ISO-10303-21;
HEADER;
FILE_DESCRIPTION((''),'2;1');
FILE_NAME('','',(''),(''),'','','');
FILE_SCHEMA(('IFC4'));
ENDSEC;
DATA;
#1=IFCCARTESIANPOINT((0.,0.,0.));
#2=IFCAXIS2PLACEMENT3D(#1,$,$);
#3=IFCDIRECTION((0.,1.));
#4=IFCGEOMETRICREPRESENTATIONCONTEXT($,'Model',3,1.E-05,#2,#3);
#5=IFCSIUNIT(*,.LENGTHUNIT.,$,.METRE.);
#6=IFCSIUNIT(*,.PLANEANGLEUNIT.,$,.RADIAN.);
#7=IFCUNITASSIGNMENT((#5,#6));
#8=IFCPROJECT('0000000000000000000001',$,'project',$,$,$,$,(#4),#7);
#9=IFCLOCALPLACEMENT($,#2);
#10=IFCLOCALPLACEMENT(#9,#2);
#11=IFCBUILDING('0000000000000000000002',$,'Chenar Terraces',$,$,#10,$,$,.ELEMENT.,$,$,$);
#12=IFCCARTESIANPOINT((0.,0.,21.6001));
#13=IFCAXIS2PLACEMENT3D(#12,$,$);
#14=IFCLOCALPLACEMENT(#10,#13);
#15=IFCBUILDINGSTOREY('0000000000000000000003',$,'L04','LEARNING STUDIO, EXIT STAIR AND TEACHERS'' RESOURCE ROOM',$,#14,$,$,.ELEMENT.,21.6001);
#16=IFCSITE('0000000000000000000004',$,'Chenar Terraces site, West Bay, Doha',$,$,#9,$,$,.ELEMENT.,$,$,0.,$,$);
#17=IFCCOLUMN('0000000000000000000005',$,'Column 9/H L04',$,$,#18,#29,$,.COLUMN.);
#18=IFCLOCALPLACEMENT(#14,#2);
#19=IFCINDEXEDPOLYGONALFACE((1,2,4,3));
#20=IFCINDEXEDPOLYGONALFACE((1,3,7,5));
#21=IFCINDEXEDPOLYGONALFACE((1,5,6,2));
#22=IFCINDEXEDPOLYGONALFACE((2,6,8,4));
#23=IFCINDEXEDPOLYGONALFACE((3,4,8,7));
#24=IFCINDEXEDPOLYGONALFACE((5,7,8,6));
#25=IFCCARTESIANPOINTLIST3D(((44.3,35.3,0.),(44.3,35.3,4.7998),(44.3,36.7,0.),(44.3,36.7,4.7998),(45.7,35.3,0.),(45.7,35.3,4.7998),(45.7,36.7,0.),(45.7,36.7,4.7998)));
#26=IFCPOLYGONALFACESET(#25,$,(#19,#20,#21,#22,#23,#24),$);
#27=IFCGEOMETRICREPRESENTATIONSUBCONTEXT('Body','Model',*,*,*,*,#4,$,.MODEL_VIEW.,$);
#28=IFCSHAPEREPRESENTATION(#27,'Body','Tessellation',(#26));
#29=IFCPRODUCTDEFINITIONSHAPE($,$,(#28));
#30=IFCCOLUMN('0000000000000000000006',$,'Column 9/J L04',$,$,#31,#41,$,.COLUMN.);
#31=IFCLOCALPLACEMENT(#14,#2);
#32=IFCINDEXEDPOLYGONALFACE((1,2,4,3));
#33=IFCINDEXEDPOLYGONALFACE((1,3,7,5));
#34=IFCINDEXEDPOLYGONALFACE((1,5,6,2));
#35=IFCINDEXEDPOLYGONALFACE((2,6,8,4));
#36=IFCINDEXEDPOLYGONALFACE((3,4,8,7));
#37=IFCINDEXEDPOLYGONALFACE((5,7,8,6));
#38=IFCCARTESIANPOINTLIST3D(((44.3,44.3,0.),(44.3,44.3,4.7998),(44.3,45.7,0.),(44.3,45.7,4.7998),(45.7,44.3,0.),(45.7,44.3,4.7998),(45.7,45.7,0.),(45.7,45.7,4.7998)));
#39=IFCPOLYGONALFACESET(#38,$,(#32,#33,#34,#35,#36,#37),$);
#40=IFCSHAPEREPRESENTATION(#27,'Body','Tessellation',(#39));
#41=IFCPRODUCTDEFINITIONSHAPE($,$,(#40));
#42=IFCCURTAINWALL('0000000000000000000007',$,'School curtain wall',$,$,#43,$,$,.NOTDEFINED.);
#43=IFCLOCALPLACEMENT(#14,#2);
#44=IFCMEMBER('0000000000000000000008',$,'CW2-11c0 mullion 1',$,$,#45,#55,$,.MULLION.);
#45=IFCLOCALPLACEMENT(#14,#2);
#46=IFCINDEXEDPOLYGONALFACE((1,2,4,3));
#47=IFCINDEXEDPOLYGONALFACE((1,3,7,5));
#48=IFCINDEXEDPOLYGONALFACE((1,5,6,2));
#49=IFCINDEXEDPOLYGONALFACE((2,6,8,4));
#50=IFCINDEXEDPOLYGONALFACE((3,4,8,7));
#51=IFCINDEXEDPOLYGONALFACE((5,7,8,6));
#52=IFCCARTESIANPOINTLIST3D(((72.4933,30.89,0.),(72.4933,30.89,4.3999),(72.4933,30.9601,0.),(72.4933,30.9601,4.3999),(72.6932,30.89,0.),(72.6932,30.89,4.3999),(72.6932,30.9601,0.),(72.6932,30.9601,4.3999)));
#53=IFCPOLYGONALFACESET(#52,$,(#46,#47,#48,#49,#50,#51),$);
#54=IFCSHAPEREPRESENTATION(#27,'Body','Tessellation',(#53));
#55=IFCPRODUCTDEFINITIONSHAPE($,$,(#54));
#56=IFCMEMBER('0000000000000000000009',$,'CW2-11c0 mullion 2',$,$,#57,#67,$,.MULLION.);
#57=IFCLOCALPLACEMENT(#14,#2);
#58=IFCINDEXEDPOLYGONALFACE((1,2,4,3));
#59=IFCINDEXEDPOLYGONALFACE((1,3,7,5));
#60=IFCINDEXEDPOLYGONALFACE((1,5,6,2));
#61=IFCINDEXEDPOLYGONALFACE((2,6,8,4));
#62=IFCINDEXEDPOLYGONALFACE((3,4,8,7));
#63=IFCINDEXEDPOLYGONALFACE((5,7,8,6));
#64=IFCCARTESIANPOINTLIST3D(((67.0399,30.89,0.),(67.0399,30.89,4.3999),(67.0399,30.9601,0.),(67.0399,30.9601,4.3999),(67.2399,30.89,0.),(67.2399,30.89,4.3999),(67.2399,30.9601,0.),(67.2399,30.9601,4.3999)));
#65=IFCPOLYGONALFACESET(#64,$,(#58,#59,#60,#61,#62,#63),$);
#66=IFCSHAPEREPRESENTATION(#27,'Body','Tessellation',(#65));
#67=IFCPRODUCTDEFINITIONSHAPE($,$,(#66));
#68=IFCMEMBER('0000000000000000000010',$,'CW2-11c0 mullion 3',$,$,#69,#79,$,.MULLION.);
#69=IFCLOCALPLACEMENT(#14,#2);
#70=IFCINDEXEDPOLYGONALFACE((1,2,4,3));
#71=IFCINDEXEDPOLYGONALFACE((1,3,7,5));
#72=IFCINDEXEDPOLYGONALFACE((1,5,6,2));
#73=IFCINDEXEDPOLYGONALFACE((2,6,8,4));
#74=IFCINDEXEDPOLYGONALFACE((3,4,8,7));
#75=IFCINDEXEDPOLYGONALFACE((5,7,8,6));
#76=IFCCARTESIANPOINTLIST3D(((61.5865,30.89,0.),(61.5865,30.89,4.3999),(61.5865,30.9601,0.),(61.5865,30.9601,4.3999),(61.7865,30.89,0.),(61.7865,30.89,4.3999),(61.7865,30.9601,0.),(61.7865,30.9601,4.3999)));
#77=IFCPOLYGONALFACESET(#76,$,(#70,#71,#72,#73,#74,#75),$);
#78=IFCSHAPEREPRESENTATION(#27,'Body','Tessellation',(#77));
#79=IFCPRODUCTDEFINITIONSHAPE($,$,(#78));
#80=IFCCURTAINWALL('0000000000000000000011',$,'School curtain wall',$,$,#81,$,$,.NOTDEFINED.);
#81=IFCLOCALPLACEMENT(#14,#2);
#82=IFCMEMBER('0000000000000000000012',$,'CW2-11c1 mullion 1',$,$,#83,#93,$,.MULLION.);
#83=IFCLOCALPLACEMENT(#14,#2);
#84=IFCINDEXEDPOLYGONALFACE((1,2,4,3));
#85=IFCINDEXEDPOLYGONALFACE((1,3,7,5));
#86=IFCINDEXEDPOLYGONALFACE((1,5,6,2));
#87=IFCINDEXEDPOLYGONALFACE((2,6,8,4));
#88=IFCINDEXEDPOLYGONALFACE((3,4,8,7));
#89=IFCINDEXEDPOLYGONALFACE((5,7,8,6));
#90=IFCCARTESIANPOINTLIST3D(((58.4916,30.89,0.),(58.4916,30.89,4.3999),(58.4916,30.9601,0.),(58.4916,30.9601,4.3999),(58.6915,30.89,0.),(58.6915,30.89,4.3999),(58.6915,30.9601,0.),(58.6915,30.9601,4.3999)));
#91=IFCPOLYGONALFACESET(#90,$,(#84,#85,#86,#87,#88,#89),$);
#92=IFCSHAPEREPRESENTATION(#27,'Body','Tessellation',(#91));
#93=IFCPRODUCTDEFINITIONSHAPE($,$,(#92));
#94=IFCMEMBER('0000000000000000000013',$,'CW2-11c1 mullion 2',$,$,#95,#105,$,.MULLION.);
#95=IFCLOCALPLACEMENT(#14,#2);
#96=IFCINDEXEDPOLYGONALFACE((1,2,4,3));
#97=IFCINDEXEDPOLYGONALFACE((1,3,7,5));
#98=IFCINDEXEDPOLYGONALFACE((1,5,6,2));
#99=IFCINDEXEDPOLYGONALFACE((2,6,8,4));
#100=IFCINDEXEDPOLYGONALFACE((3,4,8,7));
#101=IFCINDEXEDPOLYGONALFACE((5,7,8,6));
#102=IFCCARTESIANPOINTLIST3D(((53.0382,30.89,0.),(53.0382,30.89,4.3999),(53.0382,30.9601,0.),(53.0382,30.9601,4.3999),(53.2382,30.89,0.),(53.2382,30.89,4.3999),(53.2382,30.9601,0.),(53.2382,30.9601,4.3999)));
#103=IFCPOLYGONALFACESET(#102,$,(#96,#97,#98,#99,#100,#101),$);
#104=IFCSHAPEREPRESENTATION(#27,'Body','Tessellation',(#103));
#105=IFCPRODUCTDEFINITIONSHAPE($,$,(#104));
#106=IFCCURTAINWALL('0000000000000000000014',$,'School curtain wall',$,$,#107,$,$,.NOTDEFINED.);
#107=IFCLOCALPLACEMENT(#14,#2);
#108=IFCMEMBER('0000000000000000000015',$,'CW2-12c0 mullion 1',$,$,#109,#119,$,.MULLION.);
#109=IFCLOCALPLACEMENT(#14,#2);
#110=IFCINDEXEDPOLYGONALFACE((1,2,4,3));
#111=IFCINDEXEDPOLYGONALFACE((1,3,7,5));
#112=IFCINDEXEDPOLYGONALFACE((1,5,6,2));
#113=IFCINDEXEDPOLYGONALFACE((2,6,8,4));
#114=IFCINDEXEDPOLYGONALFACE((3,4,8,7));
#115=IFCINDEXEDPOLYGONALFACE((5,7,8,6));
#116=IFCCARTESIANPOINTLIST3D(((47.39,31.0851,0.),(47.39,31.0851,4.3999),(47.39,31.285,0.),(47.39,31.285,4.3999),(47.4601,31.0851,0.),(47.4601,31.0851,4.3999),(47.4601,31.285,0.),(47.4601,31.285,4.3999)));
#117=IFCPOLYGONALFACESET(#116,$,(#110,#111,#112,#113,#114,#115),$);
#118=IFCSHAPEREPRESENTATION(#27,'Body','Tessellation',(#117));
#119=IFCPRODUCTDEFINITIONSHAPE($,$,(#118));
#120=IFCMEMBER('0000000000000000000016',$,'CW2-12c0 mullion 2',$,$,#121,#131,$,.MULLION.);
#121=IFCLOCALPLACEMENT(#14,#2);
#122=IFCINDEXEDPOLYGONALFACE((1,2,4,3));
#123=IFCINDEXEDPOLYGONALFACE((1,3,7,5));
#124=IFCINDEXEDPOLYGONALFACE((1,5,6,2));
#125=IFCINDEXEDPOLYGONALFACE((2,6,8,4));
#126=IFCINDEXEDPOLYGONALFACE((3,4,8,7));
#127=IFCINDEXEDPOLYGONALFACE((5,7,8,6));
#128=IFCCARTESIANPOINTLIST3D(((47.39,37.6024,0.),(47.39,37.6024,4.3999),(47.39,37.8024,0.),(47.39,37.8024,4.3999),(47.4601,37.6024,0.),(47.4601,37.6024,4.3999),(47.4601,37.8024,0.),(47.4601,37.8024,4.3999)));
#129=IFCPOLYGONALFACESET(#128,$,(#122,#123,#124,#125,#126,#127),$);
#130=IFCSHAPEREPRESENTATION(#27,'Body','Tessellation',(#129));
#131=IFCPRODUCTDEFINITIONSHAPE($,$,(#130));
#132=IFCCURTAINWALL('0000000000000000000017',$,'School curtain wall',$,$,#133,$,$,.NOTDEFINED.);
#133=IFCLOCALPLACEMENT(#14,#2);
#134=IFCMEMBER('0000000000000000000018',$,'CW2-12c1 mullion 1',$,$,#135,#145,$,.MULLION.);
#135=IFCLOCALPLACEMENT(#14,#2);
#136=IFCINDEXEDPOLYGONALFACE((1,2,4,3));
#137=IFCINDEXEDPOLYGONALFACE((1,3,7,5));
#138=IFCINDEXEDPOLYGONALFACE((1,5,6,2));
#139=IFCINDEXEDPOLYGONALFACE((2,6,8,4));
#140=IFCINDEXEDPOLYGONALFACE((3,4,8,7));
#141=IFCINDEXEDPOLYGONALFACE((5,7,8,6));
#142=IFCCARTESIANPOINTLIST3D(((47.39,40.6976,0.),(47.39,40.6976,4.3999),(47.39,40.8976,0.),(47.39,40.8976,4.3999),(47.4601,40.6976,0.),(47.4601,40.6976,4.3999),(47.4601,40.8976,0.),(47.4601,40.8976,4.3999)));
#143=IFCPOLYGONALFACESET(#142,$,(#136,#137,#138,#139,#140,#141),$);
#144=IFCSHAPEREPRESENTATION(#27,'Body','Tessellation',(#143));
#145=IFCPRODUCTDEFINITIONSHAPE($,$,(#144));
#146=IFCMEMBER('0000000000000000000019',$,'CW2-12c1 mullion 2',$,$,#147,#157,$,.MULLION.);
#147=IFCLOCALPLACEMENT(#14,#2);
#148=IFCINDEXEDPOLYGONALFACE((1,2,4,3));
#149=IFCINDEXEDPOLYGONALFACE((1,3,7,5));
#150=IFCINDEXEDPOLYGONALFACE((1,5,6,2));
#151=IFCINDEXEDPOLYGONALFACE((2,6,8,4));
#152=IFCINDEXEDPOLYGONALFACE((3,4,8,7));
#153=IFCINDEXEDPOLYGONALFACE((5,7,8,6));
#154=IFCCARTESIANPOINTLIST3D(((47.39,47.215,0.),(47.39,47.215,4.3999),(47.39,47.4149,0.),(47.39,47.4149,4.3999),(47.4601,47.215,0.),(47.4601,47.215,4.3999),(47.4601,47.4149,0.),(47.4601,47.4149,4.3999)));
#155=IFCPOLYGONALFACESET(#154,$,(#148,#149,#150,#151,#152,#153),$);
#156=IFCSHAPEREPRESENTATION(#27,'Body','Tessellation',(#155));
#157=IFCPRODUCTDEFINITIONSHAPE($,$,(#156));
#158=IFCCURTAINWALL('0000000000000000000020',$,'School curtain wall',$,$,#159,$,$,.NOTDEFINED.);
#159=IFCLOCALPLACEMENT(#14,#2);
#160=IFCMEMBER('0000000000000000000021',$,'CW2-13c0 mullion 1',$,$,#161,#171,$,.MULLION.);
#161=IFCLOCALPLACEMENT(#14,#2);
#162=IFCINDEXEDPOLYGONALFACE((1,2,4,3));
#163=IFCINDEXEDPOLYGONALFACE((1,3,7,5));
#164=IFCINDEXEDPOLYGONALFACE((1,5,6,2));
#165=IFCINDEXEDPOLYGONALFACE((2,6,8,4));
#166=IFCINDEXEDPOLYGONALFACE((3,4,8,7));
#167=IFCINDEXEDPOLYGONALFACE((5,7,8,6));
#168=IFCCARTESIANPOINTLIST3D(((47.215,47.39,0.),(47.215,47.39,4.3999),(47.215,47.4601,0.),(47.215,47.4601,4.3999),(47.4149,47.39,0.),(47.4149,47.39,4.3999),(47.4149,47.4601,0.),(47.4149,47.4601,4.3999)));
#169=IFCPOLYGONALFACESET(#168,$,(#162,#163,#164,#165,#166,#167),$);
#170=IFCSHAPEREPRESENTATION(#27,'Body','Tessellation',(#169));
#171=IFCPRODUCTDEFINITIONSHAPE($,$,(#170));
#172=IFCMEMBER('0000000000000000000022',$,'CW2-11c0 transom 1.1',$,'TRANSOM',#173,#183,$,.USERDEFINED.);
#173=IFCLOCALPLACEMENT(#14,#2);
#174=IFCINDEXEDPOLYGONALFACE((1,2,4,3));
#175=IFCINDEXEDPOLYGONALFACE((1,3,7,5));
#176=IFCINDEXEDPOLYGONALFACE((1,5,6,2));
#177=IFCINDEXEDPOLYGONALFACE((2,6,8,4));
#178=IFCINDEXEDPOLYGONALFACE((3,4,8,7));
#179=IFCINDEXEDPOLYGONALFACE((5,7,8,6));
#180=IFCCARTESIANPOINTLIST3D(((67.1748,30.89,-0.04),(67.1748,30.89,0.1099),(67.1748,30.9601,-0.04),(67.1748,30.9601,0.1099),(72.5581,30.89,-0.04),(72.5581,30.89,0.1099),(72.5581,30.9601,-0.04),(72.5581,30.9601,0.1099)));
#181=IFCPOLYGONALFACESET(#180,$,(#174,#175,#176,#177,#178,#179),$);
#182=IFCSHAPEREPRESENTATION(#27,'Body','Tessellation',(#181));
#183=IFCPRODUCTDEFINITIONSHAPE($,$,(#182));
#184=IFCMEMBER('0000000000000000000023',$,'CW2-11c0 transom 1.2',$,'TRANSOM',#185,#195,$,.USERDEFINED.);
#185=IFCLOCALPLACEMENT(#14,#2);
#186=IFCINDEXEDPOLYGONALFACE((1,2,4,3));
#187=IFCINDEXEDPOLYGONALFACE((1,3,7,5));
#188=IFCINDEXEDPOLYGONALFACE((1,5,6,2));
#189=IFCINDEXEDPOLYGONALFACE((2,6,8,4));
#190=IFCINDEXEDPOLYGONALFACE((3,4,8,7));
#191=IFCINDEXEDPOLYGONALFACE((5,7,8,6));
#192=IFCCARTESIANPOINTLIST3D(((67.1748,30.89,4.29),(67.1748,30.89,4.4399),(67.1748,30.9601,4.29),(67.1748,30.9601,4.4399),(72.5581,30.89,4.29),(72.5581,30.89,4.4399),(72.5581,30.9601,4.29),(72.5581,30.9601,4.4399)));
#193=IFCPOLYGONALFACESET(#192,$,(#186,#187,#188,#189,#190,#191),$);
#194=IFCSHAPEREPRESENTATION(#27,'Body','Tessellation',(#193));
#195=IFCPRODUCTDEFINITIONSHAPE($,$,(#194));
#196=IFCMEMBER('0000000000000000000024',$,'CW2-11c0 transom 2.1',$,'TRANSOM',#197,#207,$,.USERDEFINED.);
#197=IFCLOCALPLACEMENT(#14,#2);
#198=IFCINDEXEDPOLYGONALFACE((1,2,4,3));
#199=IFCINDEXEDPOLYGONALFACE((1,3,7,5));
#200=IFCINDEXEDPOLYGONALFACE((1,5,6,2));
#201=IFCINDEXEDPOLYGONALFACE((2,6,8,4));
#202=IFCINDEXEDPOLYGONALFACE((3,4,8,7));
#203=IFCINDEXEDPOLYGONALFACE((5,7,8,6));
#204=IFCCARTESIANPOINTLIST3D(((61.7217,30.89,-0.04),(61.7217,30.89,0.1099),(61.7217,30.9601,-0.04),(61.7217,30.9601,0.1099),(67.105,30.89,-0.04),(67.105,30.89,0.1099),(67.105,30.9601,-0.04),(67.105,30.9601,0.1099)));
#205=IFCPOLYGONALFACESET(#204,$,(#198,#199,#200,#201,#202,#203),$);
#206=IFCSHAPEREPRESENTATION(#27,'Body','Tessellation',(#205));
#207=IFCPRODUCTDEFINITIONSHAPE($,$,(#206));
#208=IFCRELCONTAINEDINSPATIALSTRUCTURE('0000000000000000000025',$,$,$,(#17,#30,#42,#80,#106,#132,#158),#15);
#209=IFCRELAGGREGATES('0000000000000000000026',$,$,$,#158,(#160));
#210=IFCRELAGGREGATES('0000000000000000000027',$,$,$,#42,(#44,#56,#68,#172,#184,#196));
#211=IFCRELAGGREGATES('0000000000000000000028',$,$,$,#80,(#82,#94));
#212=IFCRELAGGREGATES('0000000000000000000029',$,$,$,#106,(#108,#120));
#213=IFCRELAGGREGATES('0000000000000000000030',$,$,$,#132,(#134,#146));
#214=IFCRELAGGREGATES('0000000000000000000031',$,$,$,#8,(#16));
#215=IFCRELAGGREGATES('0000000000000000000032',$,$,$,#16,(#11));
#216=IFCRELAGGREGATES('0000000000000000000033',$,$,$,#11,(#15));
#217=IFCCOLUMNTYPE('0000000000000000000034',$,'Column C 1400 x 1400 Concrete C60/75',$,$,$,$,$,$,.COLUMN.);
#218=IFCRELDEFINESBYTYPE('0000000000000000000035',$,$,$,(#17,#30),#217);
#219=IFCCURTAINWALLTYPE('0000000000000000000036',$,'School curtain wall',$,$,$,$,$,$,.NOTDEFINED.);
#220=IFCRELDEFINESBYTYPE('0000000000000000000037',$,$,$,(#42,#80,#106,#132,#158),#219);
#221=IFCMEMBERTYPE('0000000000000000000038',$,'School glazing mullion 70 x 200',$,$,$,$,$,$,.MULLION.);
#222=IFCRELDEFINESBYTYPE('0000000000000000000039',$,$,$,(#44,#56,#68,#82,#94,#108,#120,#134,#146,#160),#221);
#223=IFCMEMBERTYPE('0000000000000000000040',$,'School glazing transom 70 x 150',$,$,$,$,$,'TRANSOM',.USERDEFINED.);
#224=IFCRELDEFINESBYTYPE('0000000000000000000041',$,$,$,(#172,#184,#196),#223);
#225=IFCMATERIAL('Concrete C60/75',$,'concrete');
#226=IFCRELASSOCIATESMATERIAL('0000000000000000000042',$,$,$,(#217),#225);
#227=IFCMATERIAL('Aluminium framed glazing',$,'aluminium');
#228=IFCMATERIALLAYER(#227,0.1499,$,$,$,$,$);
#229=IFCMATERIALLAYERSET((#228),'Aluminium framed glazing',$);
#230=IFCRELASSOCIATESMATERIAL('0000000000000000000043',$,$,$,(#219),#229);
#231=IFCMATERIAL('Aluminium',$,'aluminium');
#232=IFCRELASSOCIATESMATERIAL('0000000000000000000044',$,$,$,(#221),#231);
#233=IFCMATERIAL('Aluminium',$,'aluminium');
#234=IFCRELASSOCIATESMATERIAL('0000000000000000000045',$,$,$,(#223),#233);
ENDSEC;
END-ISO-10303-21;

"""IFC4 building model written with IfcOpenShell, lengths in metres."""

from ifc_helpers import new_model, si_unit, direction, frame, origin, origin_2d, place, context, subcontext, project, spatial, rectangle, extrude, material, layer, layer_set, material_profile, profile_set, type_object, element, aggregate, save


model = new_model("IFC4")

# Units and contexts
model_context = context("Model", 3, precision=1e-05, world=origin(), true_north=direction((0.0, 1.0)))
body_context = subcontext(model_context, "Body", "Model", "MODEL_VIEW")
ifc_project = project(units=[si_unit("LENGTHUNIT", "METRE"), si_unit("PLANEANGLEUNIT", "RADIAN")], contexts=[model_context])

# Site, building, storey
site_placement = place(None, origin())
site = spatial("IfcSite", under=ifc_project, at=site_placement, Name="Chenar Terraces site, West Bay, Doha", CompositionType="ELEMENT", RefElevation=0.0)
building_placement = place(site_placement, origin())
building = spatial("IfcBuilding", under=site, at=building_placement, Name="Chenar Terraces", CompositionType="ELEMENT")
storey_placement = place(building_placement, frame((0.0, 0.0, 21.6001)))
storey = spatial("IfcBuildingStorey", under=building, at=storey_placement, Name="L04", Description="LEARNING STUDIO, EXIT STAIR AND TEACHERS' RESOURCE ROOM", CompositionType="ELEMENT", Elevation=21.6001)

# Columns
ifc_material_1 = material(Name="Concrete C60/75", Category="concrete")
ifc_material_profile_1 = material_profile(ifc_material_1, rectangle(XDim=1.3999, YDim=1.3999, at=origin_2d()), Name="C 1400 x 1400")
ifc_profile_set_1 = profile_set([ifc_material_profile_1], Name="Concrete C60/75")
column_type = type_object("IfcColumnType", Name="Column C 1400 x 1400 Concrete C60/75", PredefinedType="COLUMN", material=ifc_profile_set_1)
for number, where, z_axis, x_axis, name in (
    (1, (45.0, 36.0, 0.0), (0.0, 0.0, 1.0), (1.0, 0.0, 0.0), "Column 9/H L04"),
    (2, (45.0, 45.0, 0.0), (0.0, 0.0, 1.0), (1.0, 0.0, 0.0), "Column 9/J L04"),
):
    element("IfcColumn", number, at=place(storey_placement, frame(where, z_axis=z_axis, x_axis=x_axis)), inside=storey, type_object=column_type, Name=name, PredefinedType="COLUMN", context=body_context, shape_type="SweptSolid", body=[
        extrude(rectangle(XDim=1.3999, YDim=1.3999, at=origin_2d()), origin(), (0.0, 0.0, 1.0), 4.7998),
    ])

# Curtain walls, members
ifc_material_2 = material(Name="Aluminium framed glazing", Category="aluminium")
ifc_layer_1 = layer(ifc_material_2, 0.1499)
ifc_layer_set_1 = layer_set([ifc_layer_1], Name="Aluminium framed glazing")
curtain_wall_type = type_object("IfcCurtainWallType", Name="School curtain wall", PredefinedType="NOTDEFINED", material=ifc_layer_set_1)
placement = place(storey_placement, origin())
curtain_wall_1 = element("IfcCurtainWall", 3, at=placement, inside=storey, type_object=curtain_wall_type, Name="School curtain wall", PredefinedType="NOTDEFINED")
ifc_material_3 = material(Name="Aluminium", Category="aluminium")
ifc_material_profile_2 = material_profile(ifc_material_3, rectangle(XDim=0.0701, YDim=0.2, at=origin_2d()), Name="School glazing mullion 70 x 200")
ifc_profile_set_2 = profile_set([ifc_material_profile_2], Name="Aluminium")
member_type_1 = type_object("IfcMemberType", Name="School glazing mullion 70 x 200", PredefinedType="MULLION", material=ifc_profile_set_2)
member_1_placement = place(storey_placement, frame((72.5933, 30.925, 0.0), z_axis=(0.0, 0.0, 1.0), x_axis=(0.0, -1.0, 0.0)))
member_1 = element("IfcMember", 4, at=member_1_placement, type_object=member_type_1, Name="CW2-11c0 mullion 1", PredefinedType="MULLION", context=body_context, shape_type="SweptSolid", body=[
    extrude(rectangle(XDim=0.0701, YDim=0.2, at=origin_2d()), origin(), (0.0, 0.0, 1.0), 4.3999),
])
member_2_placement = place(storey_placement, frame((67.1399, 30.925, 0.0), z_axis=(0.0, 0.0, 1.0), x_axis=(0.0, -1.0, 0.0)))
member_2 = element("IfcMember", 5, at=member_2_placement, type_object=member_type_1, Name="CW2-11c0 mullion 2", PredefinedType="MULLION", context=body_context, shape_type="SweptSolid", body=[
    extrude(rectangle(XDim=0.0701, YDim=0.2, at=origin_2d()), origin(), (0.0, 0.0, 1.0), 4.3999),
])
member_3_placement = place(storey_placement, frame((61.6865, 30.925, 0.0), z_axis=(0.0, 0.0, 1.0), x_axis=(0.0, -1.0, 0.0)))
member_3 = element("IfcMember", 6, at=member_3_placement, type_object=member_type_1, Name="CW2-11c0 mullion 3", PredefinedType="MULLION", context=body_context, shape_type="SweptSolid", body=[
    extrude(rectangle(XDim=0.0701, YDim=0.2, at=origin_2d()), origin(), (0.0, 0.0, 1.0), 4.3999),
])
curtain_wall_2 = element("IfcCurtainWall", 7, at=placement, inside=storey, type_object=curtain_wall_type, Name="School curtain wall", PredefinedType="NOTDEFINED")
member_4_placement = place(storey_placement, frame((58.5916, 30.925, 0.0), z_axis=(0.0, 0.0, 1.0), x_axis=(0.0, -1.0, 0.0)))
member_4 = element("IfcMember", 8, at=member_4_placement, type_object=member_type_1, Name="CW2-11c1 mullion 1", PredefinedType="MULLION", context=body_context, shape_type="SweptSolid", body=[
    extrude(rectangle(XDim=0.0701, YDim=0.2, at=origin_2d()), origin(), (0.0, 0.0, 1.0), 4.3999),
])
member_5_placement = place(storey_placement, frame((53.1382, 30.925, 0.0), z_axis=(0.0, 0.0, 1.0), x_axis=(0.0, -1.0, 0.0)))
member_5 = element("IfcMember", 9, at=member_5_placement, type_object=member_type_1, Name="CW2-11c1 mullion 2", PredefinedType="MULLION", context=body_context, shape_type="SweptSolid", body=[
    extrude(rectangle(XDim=0.0701, YDim=0.2, at=origin_2d()), origin(), (0.0, 0.0, 1.0), 4.3999),
])
curtain_wall_3 = element("IfcCurtainWall", 10, at=placement, inside=storey, type_object=curtain_wall_type, Name="School curtain wall", PredefinedType="NOTDEFINED")
member_6_placement = place(storey_placement, frame((47.425, 31.1851, 0.0), z_axis=(0.0, 0.0, 1.0), x_axis=(-1.0, 0.0, 0.0)))
member_6 = element("IfcMember", 11, at=member_6_placement, type_object=member_type_1, Name="CW2-12c0 mullion 1", PredefinedType="MULLION", context=body_context, shape_type="SweptSolid", body=[
    extrude(rectangle(XDim=0.0701, YDim=0.2, at=origin_2d()), origin(), (0.0, 0.0, 1.0), 4.3999),
])
member_7_placement = place(storey_placement, frame((47.425, 37.7024, 0.0), z_axis=(0.0, 0.0, 1.0), x_axis=(-1.0, 0.0, 0.0)))
member_7 = element("IfcMember", 12, at=member_7_placement, type_object=member_type_1, Name="CW2-12c0 mullion 2", PredefinedType="MULLION", context=body_context, shape_type="SweptSolid", body=[
    extrude(rectangle(XDim=0.0701, YDim=0.2, at=origin_2d()), origin(), (0.0, 0.0, 1.0), 4.3999),
])
curtain_wall_4 = element("IfcCurtainWall", 13, at=placement, inside=storey, type_object=curtain_wall_type, Name="School curtain wall", PredefinedType="NOTDEFINED")
member_8_placement = place(storey_placement, frame((47.425, 40.7976, 0.0), z_axis=(0.0, 0.0, 1.0), x_axis=(-1.0, 0.0, 0.0)))
member_8 = element("IfcMember", 14, at=member_8_placement, type_object=member_type_1, Name="CW2-12c1 mullion 1", PredefinedType="MULLION", context=body_context, shape_type="SweptSolid", body=[
    extrude(rectangle(XDim=0.0701, YDim=0.2, at=origin_2d()), origin(), (0.0, 0.0, 1.0), 4.3999),
])
member_9_placement = place(storey_placement, frame((47.425, 47.3149, 0.0), z_axis=(0.0, 0.0, 1.0), x_axis=(-1.0, 0.0, 0.0)))
member_9 = element("IfcMember", 15, at=member_9_placement, type_object=member_type_1, Name="CW2-12c1 mullion 2", PredefinedType="MULLION", context=body_context, shape_type="SweptSolid", body=[
    extrude(rectangle(XDim=0.0701, YDim=0.2, at=origin_2d()), origin(), (0.0, 0.0, 1.0), 4.3999),
])

# Curtain wall, member
curtain_wall_5 = element("IfcCurtainWall", 16, at=placement, inside=storey, type_object=curtain_wall_type, Name="School curtain wall", PredefinedType="NOTDEFINED")
member_10_placement = place(storey_placement, frame((47.3149, 47.425, 0.0), z_axis=(0.0, 0.0, 1.0), x_axis=(0.0, -1.0, 0.0)))
member_10 = element("IfcMember", 17, at=member_10_placement, type_object=member_type_1, Name="CW2-13c0 mullion 1", PredefinedType="MULLION", context=body_context, shape_type="SweptSolid", body=[
    extrude(rectangle(XDim=0.0701, YDim=0.2, at=origin_2d()), origin(), (0.0, 0.0, 1.0), 4.3999),
])

# Members
ifc_material_4 = material(Name="Aluminium", Category="aluminium")
ifc_material_profile_3 = material_profile(ifc_material_4, rectangle(XDim=0.0701, YDim=0.1499, at=origin_2d()), Name="School glazing transom 70 x 150")
ifc_profile_set_3 = profile_set([ifc_material_profile_3], Name="Aluminium")
member_type_2 = type_object("IfcMemberType", Name="School glazing transom 70 x 150", ElementType="TRANSOM", PredefinedType="USERDEFINED", material=ifc_profile_set_3)
member_11_placement = place(storey_placement, frame((72.5581, 30.925, 0.0349), z_axis=(-1.0, 0.0, 0.0), x_axis=(0.0, -1.0, 0.0)))
member_11 = element("IfcMember", 18, at=member_11_placement, type_object=member_type_2, Name="CW2-11c0 transom 1.1", ObjectType="TRANSOM", PredefinedType="USERDEFINED", context=body_context, shape_type="SweptSolid", body=[
    extrude(rectangle(XDim=0.0701, YDim=0.1499, at=origin_2d()), origin(), (0.0, 0.0, 1.0), 5.3833),
])
member_12_placement = place(storey_placement, frame((72.5581, 30.925, 4.365), z_axis=(-1.0, 0.0, 0.0), x_axis=(0.0, -1.0, 0.0)))
member_12 = element("IfcMember", 19, at=member_12_placement, type_object=member_type_2, Name="CW2-11c0 transom 1.2", ObjectType="TRANSOM", PredefinedType="USERDEFINED", context=body_context, shape_type="SweptSolid", body=[
    extrude(rectangle(XDim=0.0701, YDim=0.1499, at=origin_2d()), origin(), (0.0, 0.0, 1.0), 5.3833),
])
member_13_placement = place(storey_placement, frame((67.105, 30.925, 0.0349), z_axis=(-1.0, 0.0, 0.0), x_axis=(0.0, -1.0, 0.0)))
member_13 = element("IfcMember", 20, at=member_13_placement, type_object=member_type_2, Name="CW2-11c0 transom 2.1", ObjectType="TRANSOM", PredefinedType="USERDEFINED", context=body_context, shape_type="SweptSolid", body=[
    extrude(rectangle(XDim=0.0701, YDim=0.1499, at=origin_2d()), origin(), (0.0, 0.0, 1.0), 5.3833),
])
aggregate(curtain_wall_5, [member_10])

aggregate(curtain_wall_1, [member_1, member_2, member_3, member_11, member_12, member_13])
aggregate(curtain_wall_2, [member_4, member_5])
aggregate(curtain_wall_3, [member_6, member_7])
aggregate(curtain_wall_4, [member_8, member_9])

save(model, "model.ifc")
